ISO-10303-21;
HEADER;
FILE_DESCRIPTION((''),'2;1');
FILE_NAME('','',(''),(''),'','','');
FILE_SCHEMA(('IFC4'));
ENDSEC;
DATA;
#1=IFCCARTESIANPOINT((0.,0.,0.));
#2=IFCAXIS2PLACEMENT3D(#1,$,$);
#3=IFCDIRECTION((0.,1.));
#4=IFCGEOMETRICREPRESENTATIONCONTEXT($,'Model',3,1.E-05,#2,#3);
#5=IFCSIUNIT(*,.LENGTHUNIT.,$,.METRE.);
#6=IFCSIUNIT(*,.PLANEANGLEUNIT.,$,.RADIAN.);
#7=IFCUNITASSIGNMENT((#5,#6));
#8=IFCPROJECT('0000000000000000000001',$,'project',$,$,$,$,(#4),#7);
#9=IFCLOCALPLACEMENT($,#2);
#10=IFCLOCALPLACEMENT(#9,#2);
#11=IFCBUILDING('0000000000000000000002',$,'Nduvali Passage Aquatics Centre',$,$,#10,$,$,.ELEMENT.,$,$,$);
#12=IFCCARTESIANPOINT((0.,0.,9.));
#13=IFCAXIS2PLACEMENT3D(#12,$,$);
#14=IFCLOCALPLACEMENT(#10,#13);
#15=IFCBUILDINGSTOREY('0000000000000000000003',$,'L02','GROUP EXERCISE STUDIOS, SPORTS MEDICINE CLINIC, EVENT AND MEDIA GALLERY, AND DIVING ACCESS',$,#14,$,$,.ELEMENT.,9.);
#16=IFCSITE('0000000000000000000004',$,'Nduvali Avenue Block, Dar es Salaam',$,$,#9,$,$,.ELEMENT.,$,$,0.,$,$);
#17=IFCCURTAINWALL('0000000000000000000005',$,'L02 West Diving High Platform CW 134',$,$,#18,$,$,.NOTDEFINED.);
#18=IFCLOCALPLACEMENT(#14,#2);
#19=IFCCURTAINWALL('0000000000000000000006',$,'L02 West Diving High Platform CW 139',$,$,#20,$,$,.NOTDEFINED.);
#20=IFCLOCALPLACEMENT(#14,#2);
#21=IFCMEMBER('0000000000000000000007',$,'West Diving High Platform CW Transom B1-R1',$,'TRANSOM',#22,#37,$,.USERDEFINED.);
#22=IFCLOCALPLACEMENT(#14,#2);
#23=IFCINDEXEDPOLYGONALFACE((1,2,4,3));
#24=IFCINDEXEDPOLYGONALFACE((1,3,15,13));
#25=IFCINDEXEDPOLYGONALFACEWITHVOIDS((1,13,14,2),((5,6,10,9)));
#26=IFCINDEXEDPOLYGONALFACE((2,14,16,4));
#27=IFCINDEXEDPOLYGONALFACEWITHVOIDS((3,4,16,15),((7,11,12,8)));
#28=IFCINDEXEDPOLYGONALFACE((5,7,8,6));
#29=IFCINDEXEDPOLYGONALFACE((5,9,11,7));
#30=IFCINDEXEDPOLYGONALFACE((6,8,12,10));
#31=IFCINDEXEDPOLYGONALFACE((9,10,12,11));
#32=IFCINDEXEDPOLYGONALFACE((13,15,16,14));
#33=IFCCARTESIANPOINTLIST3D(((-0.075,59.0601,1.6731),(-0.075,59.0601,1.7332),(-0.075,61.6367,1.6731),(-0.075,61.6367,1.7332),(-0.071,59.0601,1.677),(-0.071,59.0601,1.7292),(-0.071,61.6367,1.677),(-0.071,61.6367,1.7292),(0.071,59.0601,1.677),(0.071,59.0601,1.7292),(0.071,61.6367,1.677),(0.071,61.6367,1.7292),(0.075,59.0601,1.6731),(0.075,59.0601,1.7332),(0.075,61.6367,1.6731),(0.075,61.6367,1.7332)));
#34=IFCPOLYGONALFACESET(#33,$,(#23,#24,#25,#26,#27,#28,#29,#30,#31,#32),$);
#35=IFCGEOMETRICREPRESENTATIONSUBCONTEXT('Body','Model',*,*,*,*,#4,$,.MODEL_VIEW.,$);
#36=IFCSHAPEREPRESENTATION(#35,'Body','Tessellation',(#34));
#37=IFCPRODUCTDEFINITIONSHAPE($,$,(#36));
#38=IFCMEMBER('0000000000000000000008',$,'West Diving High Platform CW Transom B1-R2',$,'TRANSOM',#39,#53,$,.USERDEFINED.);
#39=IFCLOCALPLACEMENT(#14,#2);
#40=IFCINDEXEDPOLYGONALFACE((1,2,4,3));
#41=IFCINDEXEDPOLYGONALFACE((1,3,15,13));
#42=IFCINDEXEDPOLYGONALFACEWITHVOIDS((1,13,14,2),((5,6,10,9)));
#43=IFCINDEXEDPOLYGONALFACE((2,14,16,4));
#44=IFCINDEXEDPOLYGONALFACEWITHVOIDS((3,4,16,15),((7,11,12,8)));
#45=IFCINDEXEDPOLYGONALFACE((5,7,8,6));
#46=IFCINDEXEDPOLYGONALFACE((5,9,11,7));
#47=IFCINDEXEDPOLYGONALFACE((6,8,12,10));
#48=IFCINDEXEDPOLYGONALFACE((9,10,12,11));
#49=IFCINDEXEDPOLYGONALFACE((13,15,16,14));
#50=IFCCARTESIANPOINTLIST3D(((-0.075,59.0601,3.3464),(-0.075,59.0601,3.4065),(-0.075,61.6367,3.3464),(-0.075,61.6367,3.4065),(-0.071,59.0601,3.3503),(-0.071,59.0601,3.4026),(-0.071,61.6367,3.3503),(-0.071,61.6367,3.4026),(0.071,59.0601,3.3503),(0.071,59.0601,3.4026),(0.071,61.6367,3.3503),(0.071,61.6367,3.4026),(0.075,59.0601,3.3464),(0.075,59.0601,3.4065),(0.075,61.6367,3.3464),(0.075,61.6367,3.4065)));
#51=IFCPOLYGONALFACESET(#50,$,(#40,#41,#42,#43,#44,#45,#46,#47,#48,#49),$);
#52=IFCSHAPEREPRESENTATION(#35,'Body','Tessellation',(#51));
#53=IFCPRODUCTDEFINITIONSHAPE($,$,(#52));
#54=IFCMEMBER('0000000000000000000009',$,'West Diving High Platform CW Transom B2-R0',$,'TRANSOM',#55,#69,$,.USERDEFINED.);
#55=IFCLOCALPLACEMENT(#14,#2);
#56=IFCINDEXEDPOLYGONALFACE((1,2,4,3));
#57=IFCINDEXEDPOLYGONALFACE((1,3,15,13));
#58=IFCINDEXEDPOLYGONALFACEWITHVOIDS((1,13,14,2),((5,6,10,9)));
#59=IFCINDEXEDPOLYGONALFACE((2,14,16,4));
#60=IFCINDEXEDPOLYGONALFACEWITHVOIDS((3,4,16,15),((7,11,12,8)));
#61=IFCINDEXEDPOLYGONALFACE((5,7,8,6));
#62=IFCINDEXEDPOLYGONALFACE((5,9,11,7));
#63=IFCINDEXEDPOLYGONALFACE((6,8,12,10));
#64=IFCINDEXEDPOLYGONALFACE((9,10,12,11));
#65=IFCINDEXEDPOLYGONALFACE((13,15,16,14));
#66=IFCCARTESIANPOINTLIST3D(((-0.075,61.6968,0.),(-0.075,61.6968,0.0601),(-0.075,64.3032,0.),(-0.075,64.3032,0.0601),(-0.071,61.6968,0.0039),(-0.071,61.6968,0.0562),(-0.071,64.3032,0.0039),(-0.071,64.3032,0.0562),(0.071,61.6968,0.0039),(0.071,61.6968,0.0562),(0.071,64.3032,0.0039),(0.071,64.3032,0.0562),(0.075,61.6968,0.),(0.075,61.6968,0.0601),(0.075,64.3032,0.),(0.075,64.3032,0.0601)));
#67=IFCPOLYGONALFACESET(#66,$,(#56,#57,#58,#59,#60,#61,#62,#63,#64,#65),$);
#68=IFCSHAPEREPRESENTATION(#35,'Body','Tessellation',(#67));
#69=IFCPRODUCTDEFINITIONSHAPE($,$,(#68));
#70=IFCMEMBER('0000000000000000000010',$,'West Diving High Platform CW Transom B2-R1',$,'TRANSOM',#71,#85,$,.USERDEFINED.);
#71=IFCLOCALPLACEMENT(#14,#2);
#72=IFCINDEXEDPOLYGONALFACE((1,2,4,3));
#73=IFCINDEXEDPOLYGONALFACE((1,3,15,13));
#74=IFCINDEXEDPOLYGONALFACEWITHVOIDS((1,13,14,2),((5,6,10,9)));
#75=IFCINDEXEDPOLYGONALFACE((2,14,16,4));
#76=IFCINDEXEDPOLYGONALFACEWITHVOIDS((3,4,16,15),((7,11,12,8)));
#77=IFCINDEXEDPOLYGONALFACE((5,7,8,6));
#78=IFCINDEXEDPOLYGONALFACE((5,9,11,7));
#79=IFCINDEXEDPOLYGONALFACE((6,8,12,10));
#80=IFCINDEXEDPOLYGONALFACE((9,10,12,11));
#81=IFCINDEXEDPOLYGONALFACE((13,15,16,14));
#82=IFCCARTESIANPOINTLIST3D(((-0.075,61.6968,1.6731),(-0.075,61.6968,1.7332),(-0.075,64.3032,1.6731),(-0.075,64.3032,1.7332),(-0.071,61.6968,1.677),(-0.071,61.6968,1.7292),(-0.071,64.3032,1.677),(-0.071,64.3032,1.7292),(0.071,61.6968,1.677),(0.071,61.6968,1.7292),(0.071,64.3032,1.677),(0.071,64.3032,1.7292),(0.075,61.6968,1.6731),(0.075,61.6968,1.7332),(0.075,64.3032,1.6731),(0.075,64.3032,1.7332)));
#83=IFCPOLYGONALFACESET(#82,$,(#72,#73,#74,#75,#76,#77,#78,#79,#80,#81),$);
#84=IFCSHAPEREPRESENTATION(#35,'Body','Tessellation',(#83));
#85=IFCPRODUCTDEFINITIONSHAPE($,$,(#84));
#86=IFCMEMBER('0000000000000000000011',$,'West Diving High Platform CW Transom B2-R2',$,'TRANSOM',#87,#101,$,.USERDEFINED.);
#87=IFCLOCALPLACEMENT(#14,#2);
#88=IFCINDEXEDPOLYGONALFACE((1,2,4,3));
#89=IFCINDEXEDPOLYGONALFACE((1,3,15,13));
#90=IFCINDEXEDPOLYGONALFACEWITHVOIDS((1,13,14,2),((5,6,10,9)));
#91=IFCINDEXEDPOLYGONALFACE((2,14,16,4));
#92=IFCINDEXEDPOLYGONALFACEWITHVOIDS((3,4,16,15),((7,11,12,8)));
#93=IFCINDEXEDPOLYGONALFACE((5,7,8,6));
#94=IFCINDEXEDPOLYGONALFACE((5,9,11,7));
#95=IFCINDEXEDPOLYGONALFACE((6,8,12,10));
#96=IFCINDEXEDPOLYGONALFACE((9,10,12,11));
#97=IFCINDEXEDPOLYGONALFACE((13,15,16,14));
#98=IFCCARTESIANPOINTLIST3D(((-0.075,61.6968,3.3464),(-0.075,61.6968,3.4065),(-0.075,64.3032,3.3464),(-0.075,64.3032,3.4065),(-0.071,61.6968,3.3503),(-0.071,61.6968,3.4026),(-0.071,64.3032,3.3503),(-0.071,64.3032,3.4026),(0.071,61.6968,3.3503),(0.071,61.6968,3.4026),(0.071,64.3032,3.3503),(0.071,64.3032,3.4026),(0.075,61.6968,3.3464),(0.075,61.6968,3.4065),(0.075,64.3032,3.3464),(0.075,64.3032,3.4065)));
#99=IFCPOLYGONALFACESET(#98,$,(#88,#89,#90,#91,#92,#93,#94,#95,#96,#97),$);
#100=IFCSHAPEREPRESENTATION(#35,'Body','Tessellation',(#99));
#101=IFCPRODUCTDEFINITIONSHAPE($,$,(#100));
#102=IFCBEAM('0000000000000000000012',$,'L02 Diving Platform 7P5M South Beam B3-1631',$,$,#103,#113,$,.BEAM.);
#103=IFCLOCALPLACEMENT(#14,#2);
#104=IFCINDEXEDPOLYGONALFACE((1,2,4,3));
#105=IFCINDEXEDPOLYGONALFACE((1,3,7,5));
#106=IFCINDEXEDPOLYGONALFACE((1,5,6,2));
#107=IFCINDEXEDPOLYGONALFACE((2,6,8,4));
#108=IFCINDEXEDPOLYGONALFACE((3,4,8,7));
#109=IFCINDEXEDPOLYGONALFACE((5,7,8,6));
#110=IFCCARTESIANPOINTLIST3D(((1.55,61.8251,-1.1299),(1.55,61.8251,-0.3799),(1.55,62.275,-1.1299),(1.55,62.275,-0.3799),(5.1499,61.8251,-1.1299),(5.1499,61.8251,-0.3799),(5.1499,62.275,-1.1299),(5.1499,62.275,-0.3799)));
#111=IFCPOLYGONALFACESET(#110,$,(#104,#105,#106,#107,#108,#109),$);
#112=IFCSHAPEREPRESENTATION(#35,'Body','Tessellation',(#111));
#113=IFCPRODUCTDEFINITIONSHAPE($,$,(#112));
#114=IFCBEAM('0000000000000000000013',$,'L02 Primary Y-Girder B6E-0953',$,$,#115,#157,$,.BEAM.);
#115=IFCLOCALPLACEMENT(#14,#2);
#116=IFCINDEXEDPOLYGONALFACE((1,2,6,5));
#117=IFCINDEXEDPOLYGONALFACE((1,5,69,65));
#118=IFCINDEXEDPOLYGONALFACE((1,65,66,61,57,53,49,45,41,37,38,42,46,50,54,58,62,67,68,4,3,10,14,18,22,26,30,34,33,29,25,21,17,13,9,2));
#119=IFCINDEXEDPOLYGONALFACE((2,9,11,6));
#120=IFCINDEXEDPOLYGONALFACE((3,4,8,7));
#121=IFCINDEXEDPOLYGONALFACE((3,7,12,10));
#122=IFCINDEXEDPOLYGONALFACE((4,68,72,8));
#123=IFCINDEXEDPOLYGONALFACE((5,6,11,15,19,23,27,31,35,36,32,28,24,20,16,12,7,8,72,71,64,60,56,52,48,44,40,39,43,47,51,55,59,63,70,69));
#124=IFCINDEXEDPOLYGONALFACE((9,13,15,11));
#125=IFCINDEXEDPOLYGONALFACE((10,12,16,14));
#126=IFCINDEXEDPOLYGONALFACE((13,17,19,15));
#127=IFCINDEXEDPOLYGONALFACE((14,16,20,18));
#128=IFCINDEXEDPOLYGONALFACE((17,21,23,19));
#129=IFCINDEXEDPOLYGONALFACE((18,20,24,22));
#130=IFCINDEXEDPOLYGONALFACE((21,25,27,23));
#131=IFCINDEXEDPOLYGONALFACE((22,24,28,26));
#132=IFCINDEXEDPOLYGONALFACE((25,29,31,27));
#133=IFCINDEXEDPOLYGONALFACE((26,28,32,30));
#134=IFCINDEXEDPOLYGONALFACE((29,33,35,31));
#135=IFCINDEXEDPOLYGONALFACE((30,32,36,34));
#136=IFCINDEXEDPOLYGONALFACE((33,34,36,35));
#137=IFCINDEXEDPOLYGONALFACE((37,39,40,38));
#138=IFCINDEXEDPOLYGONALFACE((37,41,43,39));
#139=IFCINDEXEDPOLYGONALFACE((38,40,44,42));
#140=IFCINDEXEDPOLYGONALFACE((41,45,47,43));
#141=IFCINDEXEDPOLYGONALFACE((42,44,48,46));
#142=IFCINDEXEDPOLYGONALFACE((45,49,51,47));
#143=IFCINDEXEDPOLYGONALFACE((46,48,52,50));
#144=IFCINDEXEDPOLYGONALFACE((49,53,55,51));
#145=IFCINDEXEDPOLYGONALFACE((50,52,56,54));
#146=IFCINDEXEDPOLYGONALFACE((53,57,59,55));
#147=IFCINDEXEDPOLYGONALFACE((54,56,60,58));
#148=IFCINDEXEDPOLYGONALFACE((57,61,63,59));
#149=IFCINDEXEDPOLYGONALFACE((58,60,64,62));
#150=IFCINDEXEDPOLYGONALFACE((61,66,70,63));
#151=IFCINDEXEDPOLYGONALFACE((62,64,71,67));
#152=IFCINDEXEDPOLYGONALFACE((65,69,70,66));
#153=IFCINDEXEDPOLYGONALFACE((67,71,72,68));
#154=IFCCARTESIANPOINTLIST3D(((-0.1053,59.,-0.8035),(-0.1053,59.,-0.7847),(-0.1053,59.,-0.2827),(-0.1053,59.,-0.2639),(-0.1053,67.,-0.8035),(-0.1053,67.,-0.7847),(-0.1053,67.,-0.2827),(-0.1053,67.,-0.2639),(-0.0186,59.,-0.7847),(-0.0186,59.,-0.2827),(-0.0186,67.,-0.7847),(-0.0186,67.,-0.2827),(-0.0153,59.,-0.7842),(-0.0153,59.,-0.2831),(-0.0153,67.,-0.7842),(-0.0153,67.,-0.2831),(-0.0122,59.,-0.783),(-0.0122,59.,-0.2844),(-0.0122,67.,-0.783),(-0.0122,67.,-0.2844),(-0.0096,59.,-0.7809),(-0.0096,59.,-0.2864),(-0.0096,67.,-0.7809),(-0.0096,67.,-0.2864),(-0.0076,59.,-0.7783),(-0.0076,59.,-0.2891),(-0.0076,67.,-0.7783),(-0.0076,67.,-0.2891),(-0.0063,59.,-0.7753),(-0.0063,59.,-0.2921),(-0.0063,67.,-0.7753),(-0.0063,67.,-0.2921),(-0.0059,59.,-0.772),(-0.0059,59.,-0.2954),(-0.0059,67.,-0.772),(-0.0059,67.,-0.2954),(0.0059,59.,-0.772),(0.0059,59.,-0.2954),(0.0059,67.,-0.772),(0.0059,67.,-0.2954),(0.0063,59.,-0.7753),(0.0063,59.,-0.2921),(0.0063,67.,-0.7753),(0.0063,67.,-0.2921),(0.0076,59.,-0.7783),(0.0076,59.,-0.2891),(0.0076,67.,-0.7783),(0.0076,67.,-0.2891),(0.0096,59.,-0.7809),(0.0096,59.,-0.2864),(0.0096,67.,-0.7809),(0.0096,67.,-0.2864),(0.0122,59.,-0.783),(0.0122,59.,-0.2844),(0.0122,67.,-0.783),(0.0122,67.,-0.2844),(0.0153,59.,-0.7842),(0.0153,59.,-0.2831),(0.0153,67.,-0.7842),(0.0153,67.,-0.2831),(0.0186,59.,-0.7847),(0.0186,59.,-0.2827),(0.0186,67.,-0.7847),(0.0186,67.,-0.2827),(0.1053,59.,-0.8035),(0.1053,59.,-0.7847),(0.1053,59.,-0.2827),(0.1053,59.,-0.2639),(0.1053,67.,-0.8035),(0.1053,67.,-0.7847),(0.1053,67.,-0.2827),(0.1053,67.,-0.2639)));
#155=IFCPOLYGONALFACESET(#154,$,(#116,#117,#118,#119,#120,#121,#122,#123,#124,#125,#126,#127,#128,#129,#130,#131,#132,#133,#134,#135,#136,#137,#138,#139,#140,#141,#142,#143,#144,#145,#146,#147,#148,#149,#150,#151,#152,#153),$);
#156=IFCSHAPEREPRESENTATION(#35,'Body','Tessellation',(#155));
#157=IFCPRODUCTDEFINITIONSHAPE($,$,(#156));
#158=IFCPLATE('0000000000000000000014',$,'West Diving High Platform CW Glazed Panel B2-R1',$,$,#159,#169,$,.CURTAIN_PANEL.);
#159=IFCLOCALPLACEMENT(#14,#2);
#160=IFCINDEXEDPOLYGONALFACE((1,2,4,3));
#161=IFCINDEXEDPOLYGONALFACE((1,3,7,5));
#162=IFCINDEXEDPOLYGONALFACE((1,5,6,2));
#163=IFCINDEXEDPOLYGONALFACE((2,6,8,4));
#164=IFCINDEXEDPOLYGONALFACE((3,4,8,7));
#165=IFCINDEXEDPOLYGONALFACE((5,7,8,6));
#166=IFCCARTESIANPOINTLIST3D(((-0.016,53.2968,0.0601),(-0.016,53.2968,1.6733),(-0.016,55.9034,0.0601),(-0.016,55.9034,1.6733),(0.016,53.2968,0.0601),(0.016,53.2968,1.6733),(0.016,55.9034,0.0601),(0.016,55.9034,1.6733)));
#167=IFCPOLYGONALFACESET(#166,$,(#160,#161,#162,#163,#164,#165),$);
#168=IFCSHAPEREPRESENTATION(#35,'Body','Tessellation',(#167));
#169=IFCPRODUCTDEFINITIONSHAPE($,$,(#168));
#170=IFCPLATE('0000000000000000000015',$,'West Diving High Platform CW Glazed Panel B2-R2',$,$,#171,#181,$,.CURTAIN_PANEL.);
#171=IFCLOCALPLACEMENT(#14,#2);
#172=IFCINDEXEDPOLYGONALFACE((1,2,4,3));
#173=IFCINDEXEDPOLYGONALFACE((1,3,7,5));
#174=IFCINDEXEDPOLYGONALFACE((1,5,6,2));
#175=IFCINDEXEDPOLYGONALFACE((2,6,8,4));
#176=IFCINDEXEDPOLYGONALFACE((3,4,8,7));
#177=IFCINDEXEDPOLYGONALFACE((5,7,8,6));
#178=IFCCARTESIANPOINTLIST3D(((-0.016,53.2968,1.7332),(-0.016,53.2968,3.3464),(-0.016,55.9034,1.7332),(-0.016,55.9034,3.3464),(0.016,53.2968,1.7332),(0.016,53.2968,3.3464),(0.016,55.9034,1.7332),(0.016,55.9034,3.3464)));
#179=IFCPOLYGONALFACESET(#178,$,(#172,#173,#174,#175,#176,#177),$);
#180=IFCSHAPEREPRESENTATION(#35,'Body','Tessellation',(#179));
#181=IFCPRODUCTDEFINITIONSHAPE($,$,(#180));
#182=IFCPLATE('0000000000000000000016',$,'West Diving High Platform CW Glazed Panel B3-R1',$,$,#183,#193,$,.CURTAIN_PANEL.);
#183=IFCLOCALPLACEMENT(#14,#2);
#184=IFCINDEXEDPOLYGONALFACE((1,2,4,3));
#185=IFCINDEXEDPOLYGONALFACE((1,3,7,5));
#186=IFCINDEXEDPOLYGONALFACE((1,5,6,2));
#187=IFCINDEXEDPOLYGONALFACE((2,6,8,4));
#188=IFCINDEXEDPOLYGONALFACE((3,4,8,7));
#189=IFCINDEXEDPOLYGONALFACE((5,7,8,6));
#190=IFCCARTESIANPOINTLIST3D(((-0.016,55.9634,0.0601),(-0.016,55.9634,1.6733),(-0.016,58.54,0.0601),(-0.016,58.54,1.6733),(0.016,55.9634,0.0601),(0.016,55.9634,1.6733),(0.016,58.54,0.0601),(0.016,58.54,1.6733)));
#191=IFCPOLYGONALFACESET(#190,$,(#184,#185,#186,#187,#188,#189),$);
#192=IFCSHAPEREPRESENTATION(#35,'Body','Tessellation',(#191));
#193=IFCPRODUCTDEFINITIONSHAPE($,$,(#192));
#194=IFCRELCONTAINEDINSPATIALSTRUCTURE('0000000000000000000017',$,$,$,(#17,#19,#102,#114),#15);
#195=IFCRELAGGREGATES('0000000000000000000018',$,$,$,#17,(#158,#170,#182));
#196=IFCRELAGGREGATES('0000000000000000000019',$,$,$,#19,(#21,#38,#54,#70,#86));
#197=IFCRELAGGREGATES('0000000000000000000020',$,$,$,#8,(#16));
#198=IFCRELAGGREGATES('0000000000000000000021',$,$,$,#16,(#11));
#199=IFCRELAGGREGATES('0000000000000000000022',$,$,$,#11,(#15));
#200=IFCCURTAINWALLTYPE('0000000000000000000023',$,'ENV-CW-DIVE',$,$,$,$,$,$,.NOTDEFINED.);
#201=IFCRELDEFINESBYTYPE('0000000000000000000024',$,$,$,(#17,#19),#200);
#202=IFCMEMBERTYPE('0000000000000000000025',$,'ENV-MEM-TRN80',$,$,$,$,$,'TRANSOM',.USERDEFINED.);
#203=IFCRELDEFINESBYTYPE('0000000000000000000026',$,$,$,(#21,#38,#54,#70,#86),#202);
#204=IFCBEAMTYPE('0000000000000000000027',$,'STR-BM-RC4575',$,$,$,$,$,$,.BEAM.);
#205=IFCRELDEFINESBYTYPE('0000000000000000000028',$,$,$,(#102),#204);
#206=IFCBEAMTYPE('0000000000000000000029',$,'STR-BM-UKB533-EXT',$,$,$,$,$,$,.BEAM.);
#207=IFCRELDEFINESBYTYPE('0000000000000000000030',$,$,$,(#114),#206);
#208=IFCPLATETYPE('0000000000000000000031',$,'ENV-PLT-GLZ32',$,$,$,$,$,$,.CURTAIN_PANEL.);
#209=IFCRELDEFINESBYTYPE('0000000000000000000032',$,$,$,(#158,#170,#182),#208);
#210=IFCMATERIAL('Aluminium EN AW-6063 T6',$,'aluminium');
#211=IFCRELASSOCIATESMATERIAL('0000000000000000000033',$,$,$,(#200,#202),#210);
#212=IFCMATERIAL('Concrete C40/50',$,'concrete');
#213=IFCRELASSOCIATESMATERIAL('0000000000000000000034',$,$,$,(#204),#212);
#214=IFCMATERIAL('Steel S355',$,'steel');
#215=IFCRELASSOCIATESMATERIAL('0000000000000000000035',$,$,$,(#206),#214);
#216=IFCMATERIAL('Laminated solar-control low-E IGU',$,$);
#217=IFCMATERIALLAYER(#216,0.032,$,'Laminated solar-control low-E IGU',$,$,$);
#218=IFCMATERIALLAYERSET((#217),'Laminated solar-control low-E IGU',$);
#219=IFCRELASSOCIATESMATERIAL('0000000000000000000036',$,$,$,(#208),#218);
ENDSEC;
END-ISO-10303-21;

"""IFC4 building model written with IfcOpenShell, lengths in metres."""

from ifc_helpers import new_model, si_unit, direction, frame, origin, origin_2d, place, context, subcontext, project, spatial, rectangle, hollow_rectangle, i_section, extrude, material, layer, layer_set, material_profile, profile_set, type_object, element, aggregate, save


model = new_model("IFC4")

# Units and contexts
model_context = context("Model", 3, precision=1e-05, world=origin(), true_north=direction((0.0, 1.0)))
body_context = subcontext(model_context, "Body", "Model", "MODEL_VIEW")
ifc_project = project(units=[si_unit("LENGTHUNIT", "METRE"), si_unit("PLANEANGLEUNIT", "RADIAN")], contexts=[model_context])

# Site, building, storey
site_placement = place(None, origin())
site = spatial("IfcSite", under=ifc_project, at=site_placement, Name="Nduvali Avenue Block, Dar es Salaam", CompositionType="ELEMENT", RefElevation=0.0)
building_placement = place(site_placement, origin())
building = spatial("IfcBuilding", under=site, at=building_placement, Name="Nduvali Passage Aquatics Centre", CompositionType="ELEMENT")
storey_placement = place(building_placement, frame((0.0, 0.0, 9.0)))
storey = spatial("IfcBuildingStorey", under=building, at=storey_placement, Name="L02", Description="GROUP EXERCISE STUDIOS, SPORTS MEDICINE CLINIC, EVENT AND MEDIA GALLERY, AND DIVING ACCESS", CompositionType="ELEMENT", Elevation=9.0)

# Shared definitions
ifc_material_1 = material(Name="Steel S355", Category="steel")

# Curtain walls
ifc_material_2 = material(Name="Aluminium EN AW-6063 T6", Category="aluminium")
curtain_wall_type = type_object("IfcCurtainWallType", Name="ENV-CW-DIVE", PredefinedType="NOTDEFINED", material=ifc_material_2)
curtain_wall_1_placement = place(storey_placement, origin())
curtain_wall_1 = element("IfcCurtainWall", 1, at=curtain_wall_1_placement, inside=storey, type_object=curtain_wall_type, Name="L02 West Diving High Platform CW 134", PredefinedType="NOTDEFINED")
curtain_wall_2_placement = place(storey_placement, origin())
curtain_wall_2 = element("IfcCurtainWall", 2, at=curtain_wall_2_placement, inside=storey, type_object=curtain_wall_type, Name="L02 West Diving High Platform CW 139", PredefinedType="NOTDEFINED")

# Members
ifc_material_profile_1 = material_profile(ifc_material_2, hollow_rectangle(XDim=0.1499, YDim=0.0601, WallThickness=0.0039, at=origin_2d()), Name="ALU TRANSOM 150x60x4")
ifc_profile_set_1 = profile_set([ifc_material_profile_1], Name="Aluminium EN AW-6063 T6")
member_type_1 = type_object("IfcMemberType", Name="ENV-MEM-TRN80", ElementType="TRANSOM", PredefinedType="USERDEFINED", material=ifc_profile_set_1)
member_1_placement = place(storey_placement, frame((0.0, 59.0601, 1.7031), z_axis=(0.0, 1.0, 0.0), x_axis=(-1.0, 0.0, 0.0)))
member_1 = element("IfcMember", 3, at=member_1_placement, type_object=member_type_1, Name="West Diving High Platform CW Transom B1-R1", ObjectType="TRANSOM", PredefinedType="USERDEFINED", context=body_context, shape_type="SweptSolid", body=[
    extrude(hollow_rectangle(XDim=0.1499, YDim=0.0601, WallThickness=0.0039, at=origin_2d()), origin(), (0.0, 0.0, 1.0), 2.5767),
])
member_2_placement = place(storey_placement, frame((0.0, 59.0601, 3.3765), z_axis=(0.0, 1.0, 0.0), x_axis=(-1.0, 0.0, 0.0)))
member_2 = element("IfcMember", 4, at=member_2_placement, type_object=member_type_1, Name="West Diving High Platform CW Transom B1-R2", ObjectType="TRANSOM", PredefinedType="USERDEFINED", context=body_context, shape_type="SweptSolid", body=[
    extrude(hollow_rectangle(XDim=0.1499, YDim=0.0601, WallThickness=0.0039, at=origin_2d()), origin(), (0.0, 0.0, 1.0), 2.5767),
])
member_3_placement = place(storey_placement, frame((0.0, 61.6968, 0.03), z_axis=(0.0, 1.0, 0.0), x_axis=(-1.0, 0.0, 0.0)))
member_3 = element("IfcMember", 5, at=member_3_placement, type_object=member_type_1, Name="West Diving High Platform CW Transom B2-R0", ObjectType="TRANSOM", PredefinedType="USERDEFINED", context=body_context, shape_type="SweptSolid", body=[
    extrude(hollow_rectangle(XDim=0.1499, YDim=0.0601, WallThickness=0.0039, at=origin_2d()), origin(), (0.0, 0.0, 1.0), 2.6064),
])
member_4_placement = place(storey_placement, frame((0.0, 61.6968, 1.7031), z_axis=(0.0, 1.0, 0.0), x_axis=(-1.0, 0.0, 0.0)))
member_4 = element("IfcMember", 6, at=member_4_placement, type_object=member_type_1, Name="West Diving High Platform CW Transom B2-R1", ObjectType="TRANSOM", PredefinedType="USERDEFINED", context=body_context, shape_type="SweptSolid", body=[
    extrude(hollow_rectangle(XDim=0.1499, YDim=0.0601, WallThickness=0.0039, at=origin_2d()), origin(), (0.0, 0.0, 1.0), 2.6064),
])
member_5_placement = place(storey_placement, frame((0.0, 61.6968, 3.3765), z_axis=(0.0, 1.0, 0.0), x_axis=(-1.0, 0.0, 0.0)))
member_5 = element("IfcMember", 7, at=member_5_placement, type_object=member_type_1, Name="West Diving High Platform CW Transom B2-R2", ObjectType="TRANSOM", PredefinedType="USERDEFINED", context=body_context, shape_type="SweptSolid", body=[
    extrude(hollow_rectangle(XDim=0.1499, YDim=0.0601, WallThickness=0.0039, at=origin_2d()), origin(), (0.0, 0.0, 1.0), 2.6064),
])

# Beams
ifc_material_3 = material(Name="Concrete C40/50", Category="concrete")
ifc_material_profile_2 = material_profile(ifc_material_3, rectangle(XDim=0.45, YDim=0.75, at=origin_2d()), Name="RC 450x750")
ifc_profile_set_2 = profile_set([ifc_material_profile_2], Name="Concrete C40/50")
beam_type_1 = type_object("IfcBeamType", Name="STR-BM-RC4575", PredefinedType="BEAM", material=ifc_profile_set_2)
beam_1_placement = place(storey_placement, frame((1.55, 62.05, -0.7549), z_axis=(1.0, 0.0, 0.0), x_axis=(0.0, 1.0, 0.0)))
element("IfcBeam", 8, at=beam_1_placement, inside=storey, type_object=beam_type_1, Name="L02 Diving Platform 7P5M South Beam B3-1631", PredefinedType="BEAM", context=body_context, shape_type="SweptSolid", body=[
    extrude(rectangle(XDim=0.45, YDim=0.75, at=origin_2d()), origin(), (0.0, 0.0, 1.0), 3.5999),
])
ifc_material_profile_3 = material_profile(ifc_material_1, i_section(OverallWidth=0.2107, OverallDepth=0.5396, WebThickness=0.0117, FlangeThickness=0.0188, FilletRadius=0.0127, at=origin_2d()), Name="UKB 533x210x109")
ifc_profile_set_3 = profile_set([ifc_material_profile_3], Name="Steel S355")
beam_type_2 = type_object("IfcBeamType", Name="STR-BM-UKB533-EXT", PredefinedType="BEAM", material=ifc_profile_set_3)
beam_2_placement = place(storey_placement, frame((0.0, 59.0, -0.5337), z_axis=(0.0, 1.0, 0.0), x_axis=(-1.0, 0.0, 0.0)))
element("IfcBeam", 9, at=beam_2_placement, inside=storey, type_object=beam_type_2, Name="L02 Primary Y-Girder B6E-0953", PredefinedType="BEAM", context=body_context, shape_type="SweptSolid", body=[
    extrude(i_section(OverallWidth=0.2107, OverallDepth=0.5396, WebThickness=0.0117, FlangeThickness=0.0188, FilletRadius=0.0127, at=origin_2d()), origin(), (0.0, 0.0, 1.0), 8.0),
])

# Plates
ifc_material_4 = material(Name="Laminated solar-control low-E IGU")
ifc_layer = layer(ifc_material_4, 0.032, Name="Laminated solar-control low-E IGU")
ifc_layer_set = layer_set([ifc_layer], Name="Laminated solar-control low-E IGU")
plate_type = type_object("IfcPlateType", Name="ENV-PLT-GLZ32", PredefinedType="CURTAIN_PANEL", material=ifc_layer_set)
plate_1_placement = place(storey_placement, frame((0.0, 54.6001, 0.0601), z_axis=(0.0, 0.0, 1.0), x_axis=(0.0, 1.0, 0.0)))
plate_1 = element("IfcPlate", 10, at=plate_1_placement, type_object=plate_type, Name="West Diving High Platform CW Glazed Panel B2-R1", PredefinedType="CURTAIN_PANEL", context=body_context, shape_type="SweptSolid", body=[
    extrude(rectangle(XDim=2.6067, YDim=0.032, at=origin_2d()), origin(), (0.0, 0.0, 1.0), 1.6133),
])
plate_2_placement = place(storey_placement, frame((0.0, 54.6001, 1.7332), z_axis=(0.0, 0.0, 1.0), x_axis=(0.0, 1.0, 0.0)))
plate_2 = element("IfcPlate", 11, at=plate_2_placement, type_object=plate_type, Name="West Diving High Platform CW Glazed Panel B2-R2", PredefinedType="CURTAIN_PANEL", context=body_context, shape_type="SweptSolid", body=[
    extrude(rectangle(XDim=2.6067, YDim=0.032, at=origin_2d()), origin(), (0.0, 0.0, 1.0), 1.6133),
])
plate_3_placement = place(storey_placement, frame((0.0, 57.2517, 0.0601), z_axis=(0.0, 0.0, 1.0), x_axis=(0.0, 1.0, 0.0)))
plate_3 = element("IfcPlate", 12, at=plate_3_placement, type_object=plate_type, Name="West Diving High Platform CW Glazed Panel B3-R1", PredefinedType="CURTAIN_PANEL", context=body_context, shape_type="SweptSolid", body=[
    extrude(rectangle(XDim=2.5767, YDim=0.032, at=origin_2d()), origin(), (0.0, 0.0, 1.0), 1.6133),
])
aggregate(curtain_wall_1, [plate_1, plate_2, plate_3])
aggregate(curtain_wall_2, [member_1, member_2, member_3, member_4, member_5])

save(model, "model.ifc")
